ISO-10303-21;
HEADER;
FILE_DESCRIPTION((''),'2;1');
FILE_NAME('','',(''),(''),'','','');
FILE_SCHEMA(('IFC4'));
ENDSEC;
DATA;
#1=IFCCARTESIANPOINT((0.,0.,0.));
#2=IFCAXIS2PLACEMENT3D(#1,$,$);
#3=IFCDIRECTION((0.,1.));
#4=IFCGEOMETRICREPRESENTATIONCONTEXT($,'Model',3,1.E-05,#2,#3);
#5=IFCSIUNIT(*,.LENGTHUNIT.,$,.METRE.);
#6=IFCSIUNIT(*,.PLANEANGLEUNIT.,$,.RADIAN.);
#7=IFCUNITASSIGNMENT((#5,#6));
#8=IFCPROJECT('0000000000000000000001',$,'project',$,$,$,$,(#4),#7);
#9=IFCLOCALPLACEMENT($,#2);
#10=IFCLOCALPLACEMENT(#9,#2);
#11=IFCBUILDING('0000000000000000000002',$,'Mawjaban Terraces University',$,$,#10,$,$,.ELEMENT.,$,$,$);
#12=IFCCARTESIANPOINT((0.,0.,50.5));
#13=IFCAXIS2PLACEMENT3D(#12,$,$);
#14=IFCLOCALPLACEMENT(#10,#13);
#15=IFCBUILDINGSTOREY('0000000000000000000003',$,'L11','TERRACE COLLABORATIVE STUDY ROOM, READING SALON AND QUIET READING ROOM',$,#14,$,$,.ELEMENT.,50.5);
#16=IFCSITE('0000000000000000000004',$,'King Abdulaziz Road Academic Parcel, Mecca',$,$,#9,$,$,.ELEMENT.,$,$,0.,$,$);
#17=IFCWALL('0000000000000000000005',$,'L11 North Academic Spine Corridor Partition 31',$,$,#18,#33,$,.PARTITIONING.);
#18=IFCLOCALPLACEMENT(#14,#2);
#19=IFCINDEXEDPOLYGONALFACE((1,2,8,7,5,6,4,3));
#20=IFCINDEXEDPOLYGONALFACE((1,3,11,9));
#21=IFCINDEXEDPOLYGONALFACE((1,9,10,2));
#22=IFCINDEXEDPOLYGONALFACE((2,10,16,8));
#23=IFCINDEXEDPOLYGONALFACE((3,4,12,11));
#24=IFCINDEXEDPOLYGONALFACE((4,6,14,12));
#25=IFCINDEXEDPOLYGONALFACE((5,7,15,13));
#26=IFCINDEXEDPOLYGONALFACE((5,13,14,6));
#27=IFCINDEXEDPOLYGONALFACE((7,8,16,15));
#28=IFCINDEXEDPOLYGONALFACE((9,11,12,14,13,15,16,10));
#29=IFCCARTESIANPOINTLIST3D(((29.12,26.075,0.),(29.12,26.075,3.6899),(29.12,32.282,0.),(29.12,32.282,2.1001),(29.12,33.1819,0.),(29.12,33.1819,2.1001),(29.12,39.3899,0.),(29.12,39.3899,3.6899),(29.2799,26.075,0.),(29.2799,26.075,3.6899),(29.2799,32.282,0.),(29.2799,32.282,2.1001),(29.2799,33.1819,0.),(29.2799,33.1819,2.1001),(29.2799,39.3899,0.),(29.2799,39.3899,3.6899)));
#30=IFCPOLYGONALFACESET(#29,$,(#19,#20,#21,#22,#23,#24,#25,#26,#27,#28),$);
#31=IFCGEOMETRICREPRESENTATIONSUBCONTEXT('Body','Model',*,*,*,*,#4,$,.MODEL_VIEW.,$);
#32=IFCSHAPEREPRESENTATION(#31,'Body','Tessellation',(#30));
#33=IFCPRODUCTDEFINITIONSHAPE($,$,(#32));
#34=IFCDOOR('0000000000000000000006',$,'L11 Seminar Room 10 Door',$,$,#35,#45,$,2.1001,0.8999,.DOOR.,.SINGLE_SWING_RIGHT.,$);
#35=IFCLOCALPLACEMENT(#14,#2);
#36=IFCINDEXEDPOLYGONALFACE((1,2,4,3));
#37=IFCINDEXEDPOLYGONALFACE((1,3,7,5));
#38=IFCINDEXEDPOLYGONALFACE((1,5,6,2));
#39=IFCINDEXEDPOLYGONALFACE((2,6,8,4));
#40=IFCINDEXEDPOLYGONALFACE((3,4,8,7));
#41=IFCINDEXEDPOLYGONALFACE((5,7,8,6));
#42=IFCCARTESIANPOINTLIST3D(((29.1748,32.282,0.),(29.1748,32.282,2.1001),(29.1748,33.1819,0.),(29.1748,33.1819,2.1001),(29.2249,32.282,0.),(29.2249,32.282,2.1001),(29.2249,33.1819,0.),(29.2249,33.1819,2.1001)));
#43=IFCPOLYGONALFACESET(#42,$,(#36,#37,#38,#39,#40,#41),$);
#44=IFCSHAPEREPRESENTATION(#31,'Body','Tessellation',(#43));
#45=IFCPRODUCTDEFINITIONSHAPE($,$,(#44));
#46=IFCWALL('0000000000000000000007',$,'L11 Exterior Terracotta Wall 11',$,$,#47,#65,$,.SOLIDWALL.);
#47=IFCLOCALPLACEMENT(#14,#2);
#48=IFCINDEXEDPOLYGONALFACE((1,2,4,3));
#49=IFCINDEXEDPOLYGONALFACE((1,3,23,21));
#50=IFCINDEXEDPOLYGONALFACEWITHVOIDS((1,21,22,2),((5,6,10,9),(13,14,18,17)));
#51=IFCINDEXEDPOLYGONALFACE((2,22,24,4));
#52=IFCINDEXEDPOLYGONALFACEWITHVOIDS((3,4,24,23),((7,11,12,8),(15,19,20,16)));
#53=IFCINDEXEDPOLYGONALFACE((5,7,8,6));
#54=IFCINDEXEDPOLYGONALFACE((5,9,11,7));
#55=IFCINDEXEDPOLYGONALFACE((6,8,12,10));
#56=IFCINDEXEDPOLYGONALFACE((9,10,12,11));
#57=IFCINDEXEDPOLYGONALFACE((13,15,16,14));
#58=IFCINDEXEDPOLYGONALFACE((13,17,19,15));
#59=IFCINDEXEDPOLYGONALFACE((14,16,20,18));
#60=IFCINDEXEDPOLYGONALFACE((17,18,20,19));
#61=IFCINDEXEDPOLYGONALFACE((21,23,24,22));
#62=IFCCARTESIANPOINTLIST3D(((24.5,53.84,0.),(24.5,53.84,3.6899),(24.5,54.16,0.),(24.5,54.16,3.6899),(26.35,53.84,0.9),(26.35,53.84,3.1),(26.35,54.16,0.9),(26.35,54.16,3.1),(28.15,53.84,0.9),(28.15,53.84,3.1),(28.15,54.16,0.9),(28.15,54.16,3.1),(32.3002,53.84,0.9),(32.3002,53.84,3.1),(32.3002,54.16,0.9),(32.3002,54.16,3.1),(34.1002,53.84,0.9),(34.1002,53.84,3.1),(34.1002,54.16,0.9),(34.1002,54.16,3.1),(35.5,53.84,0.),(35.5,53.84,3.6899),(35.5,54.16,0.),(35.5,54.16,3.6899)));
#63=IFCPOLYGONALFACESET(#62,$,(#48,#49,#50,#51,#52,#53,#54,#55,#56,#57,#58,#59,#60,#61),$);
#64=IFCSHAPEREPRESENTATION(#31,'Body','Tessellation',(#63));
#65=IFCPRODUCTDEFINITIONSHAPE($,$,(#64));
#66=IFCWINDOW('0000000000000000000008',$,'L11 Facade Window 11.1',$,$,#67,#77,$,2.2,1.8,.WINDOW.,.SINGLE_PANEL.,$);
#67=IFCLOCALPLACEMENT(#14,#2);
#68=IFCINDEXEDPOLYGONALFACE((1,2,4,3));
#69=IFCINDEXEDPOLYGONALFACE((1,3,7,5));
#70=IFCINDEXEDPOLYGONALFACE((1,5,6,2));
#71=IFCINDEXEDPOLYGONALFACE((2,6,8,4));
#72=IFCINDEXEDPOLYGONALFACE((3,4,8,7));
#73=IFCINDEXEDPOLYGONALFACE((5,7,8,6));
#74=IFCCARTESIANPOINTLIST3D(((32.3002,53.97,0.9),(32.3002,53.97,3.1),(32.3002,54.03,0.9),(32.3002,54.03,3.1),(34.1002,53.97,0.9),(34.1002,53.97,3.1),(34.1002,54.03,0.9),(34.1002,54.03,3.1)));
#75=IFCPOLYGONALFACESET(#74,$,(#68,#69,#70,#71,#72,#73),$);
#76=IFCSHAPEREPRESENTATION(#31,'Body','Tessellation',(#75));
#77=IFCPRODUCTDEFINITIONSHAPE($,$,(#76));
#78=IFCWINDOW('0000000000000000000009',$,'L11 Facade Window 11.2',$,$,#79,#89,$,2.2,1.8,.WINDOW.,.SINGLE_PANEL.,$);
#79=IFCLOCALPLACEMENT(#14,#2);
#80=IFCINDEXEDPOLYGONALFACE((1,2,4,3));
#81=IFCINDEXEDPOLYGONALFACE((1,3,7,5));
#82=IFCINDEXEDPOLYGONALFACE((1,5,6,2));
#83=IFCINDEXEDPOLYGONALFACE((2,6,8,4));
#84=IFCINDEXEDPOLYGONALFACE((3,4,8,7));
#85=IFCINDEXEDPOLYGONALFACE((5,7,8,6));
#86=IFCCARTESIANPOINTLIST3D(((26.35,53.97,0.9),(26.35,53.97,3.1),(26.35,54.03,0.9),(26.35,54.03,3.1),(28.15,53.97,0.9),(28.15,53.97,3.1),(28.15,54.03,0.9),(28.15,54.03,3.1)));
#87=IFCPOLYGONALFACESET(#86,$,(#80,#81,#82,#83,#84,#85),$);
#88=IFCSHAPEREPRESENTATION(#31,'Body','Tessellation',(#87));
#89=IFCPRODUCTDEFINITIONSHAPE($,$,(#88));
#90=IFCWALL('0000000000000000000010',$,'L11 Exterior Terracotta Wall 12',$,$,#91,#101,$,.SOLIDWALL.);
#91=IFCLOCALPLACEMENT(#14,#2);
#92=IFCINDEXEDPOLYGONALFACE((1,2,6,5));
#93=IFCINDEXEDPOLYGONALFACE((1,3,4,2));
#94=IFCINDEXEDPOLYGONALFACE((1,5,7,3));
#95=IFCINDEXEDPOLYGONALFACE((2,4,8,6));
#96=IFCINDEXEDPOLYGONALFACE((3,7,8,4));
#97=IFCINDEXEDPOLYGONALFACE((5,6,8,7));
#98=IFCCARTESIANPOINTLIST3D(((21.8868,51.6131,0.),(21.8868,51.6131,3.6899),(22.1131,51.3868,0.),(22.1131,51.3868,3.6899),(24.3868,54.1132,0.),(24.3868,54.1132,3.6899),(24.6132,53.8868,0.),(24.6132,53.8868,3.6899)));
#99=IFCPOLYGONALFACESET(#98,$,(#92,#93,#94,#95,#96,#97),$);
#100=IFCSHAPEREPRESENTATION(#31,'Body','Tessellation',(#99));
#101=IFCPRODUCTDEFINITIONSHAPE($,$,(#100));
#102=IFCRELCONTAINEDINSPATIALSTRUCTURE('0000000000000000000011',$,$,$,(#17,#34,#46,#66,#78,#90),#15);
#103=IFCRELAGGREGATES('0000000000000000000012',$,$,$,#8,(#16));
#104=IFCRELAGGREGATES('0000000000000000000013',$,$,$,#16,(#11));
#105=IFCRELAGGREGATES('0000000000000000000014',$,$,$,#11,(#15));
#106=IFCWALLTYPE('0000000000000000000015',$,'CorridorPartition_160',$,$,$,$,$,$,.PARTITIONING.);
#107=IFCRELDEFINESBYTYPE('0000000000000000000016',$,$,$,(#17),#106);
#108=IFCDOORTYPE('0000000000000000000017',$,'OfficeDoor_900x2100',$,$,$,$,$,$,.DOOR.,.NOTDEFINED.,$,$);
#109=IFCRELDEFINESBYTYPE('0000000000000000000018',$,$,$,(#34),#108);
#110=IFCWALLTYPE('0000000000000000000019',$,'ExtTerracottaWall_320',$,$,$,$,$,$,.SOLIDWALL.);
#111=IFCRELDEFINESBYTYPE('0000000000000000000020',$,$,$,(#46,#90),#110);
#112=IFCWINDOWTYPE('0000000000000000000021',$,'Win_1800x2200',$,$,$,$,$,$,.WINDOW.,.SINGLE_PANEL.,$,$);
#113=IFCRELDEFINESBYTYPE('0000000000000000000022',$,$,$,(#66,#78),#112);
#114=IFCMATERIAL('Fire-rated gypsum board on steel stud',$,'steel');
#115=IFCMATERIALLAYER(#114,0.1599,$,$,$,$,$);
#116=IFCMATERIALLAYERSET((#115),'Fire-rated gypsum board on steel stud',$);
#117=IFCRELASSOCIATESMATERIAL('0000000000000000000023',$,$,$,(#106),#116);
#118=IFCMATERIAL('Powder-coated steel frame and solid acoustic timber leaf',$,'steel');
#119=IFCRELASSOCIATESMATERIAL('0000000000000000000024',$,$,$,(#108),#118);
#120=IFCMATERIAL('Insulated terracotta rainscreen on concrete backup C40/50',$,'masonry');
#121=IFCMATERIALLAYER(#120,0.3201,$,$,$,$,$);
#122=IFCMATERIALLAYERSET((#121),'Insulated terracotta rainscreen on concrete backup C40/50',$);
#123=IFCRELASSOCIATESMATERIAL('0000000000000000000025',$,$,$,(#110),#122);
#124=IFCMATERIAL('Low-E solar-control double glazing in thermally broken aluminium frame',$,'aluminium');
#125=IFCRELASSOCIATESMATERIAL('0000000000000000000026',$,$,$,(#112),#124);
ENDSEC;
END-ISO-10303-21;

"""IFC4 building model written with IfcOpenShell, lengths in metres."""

from ifc_helpers import new_model, si_unit, direction, frame, frame_2d, origin, place, context, subcontext, project, spatial, rectangle, extrude, material, layer, layer_set, type_object, element, fill, save


model = new_model("IFC4")

# Units and contexts
model_context = context("Model", 3, precision=1e-05, world=origin(), true_north=direction((0.0, 1.0)))
body_context = subcontext(model_context, "Body", "Model", "MODEL_VIEW")
ifc_project = project(units=[si_unit("LENGTHUNIT", "METRE"), si_unit("PLANEANGLEUNIT", "RADIAN")], contexts=[model_context])

# Site, building, storey
site_placement = place(None, origin())
site = spatial("IfcSite", under=ifc_project, at=site_placement, Name="King Abdulaziz Road Academic Parcel, Mecca", CompositionType="ELEMENT", RefElevation=0.0)
building_placement = place(site_placement, origin())
building = spatial("IfcBuilding", under=site, at=building_placement, Name="Mawjaban Terraces University", CompositionType="ELEMENT")
storey_placement = place(building_placement, frame((0.0, 0.0, 50.5)))
storey = spatial("IfcBuildingStorey", under=building, at=storey_placement, Name="L11", Description="TERRACE COLLABORATIVE STUDY ROOM, READING SALON AND QUIET READING ROOM", CompositionType="ELEMENT", Elevation=50.5)

# Wall, opening, door
ifc_material_1 = material(Name="Powder-coated steel frame and solid acoustic timber leaf", Category="steel")
ifc_material_2 = material(Name="Fire-rated gypsum board on steel stud", Category="steel")
ifc_layer_1 = layer(ifc_material_2, 0.1599)
ifc_layer_set_1 = layer_set([ifc_layer_1], Name="Fire-rated gypsum board on steel stud")
wall_type_1 = type_object("IfcWallType", Name="CorridorPartition_160", PredefinedType="PARTITIONING", material=ifc_layer_set_1)
wall_1_placement = place(storey_placement, frame((29.2, 39.3899, 0.0), z_axis=(0.0, 0.0, 1.0), x_axis=(0.0, -1.0, 0.0)))
wall_1 = element("IfcWall", 1, at=wall_1_placement, inside=storey, type_object=wall_type_1, Name="L11 North Academic Spine Corridor Partition 31", PredefinedType="PARTITIONING", context=body_context, shape_type="SweptSolid", body=[
    extrude(rectangle(XDim=13.3149, YDim=0.1599, at=frame_2d((6.6575, 0.0))), origin(), (0.0, 0.0, 1.0), 3.6899),
])
opening_1_placement = place(wall_1_placement, frame((6.208, 0.0, 0.0)))
opening_1 = element("IfcOpeningElement", 2, at=opening_1_placement, cuts=wall_1, PredefinedType="OPENING", context=body_context, shape_type="SweptSolid", body=[
    extrude(rectangle(XDim=0.8999, YDim=2.1001, at=frame_2d((0.45, 1.05))), frame((0.0, 0.0898, 0.0), z_axis=(0.0, -1.0, 0.0), x_axis=(1.0, 0.0, 0.0)), (0.0, 0.0, 1.0), 0.1799),
])
door_type_1 = type_object("IfcDoorType", Name="OfficeDoor_900x2100", OperationType="NOTDEFINED", PredefinedType="DOOR", material=ifc_material_1)
door_1_placement = place(opening_1_placement, origin())
door_1 = element("IfcDoor", 3, at=door_1_placement, inside=storey, type_object=door_type_1, Name="L11 Seminar Room 10 Door", OperationType="SINGLE_SWING_RIGHT", OverallHeight=2.1001, OverallWidth=0.8999, PredefinedType="DOOR", context=body_context, shape_type="SweptSolid", body=[
    extrude(rectangle(XDim=0.8999, YDim=2.1001, at=frame_2d((0.45, 1.05))), frame((0.0, 0.0249, 0.0), z_axis=(0.0, -1.0, 0.0), x_axis=(1.0, 0.0, 0.0)), (0.0, 0.0, 1.0), 0.05),
])
fill(opening_1, door_1)

# Wall, openings, windows
ifc_material_3 = material(Name="Insulated terracotta rainscreen on concrete backup C40/50", Category="masonry")
ifc_layer_2 = layer(ifc_material_3, 0.3201)
ifc_layer_set_2 = layer_set([ifc_layer_2], Name="Insulated terracotta rainscreen on concrete backup C40/50")
wall_type_2 = type_object("IfcWallType", Name="ExtTerracottaWall_320", PredefinedType="SOLIDWALL", material=ifc_layer_set_2)
wall_2_placement = place(storey_placement, frame((35.5, 54.0, 0.0), z_axis=(0.0, 0.0, 1.0), x_axis=(-1.0, 0.0, 0.0)))
wall_2 = element("IfcWall", 4, at=wall_2_placement, inside=storey, type_object=wall_type_2, Name="L11 Exterior Terracotta Wall 11", PredefinedType="SOLIDWALL", context=body_context, shape_type="SweptSolid", body=[
    extrude(rectangle(XDim=11.0, YDim=0.3201, at=frame_2d((5.5, 0.0))), origin(), (0.0, 0.0, 1.0), 3.6899),
])
opening_2_placement = place(wall_2_placement, frame((1.3999, 0.0, 0.8999)))
opening_2 = element("IfcOpeningElement", 5, at=opening_2_placement, cuts=wall_2, PredefinedType="OPENING", context=body_context, shape_type="SweptSolid", body=[
    extrude(rectangle(XDim=1.8, YDim=2.2, at=frame_2d((0.8999, 1.1001))), frame((0.0, 0.1699, 0.0), z_axis=(0.0, -1.0, 0.0), x_axis=(1.0, 0.0, 0.0)), (0.0, 0.0, 1.0), 0.3401),
])
opening_3_placement = place(wall_2_placement, frame((7.3501, 0.0, 0.8999)))
opening_3 = element("IfcOpeningElement", 6, at=opening_3_placement, cuts=wall_2, PredefinedType="OPENING", context=body_context, shape_type="SweptSolid", body=[
    extrude(rectangle(XDim=1.8, YDim=2.2, at=frame_2d((0.8999, 1.1001))), frame((0.0, 0.1699, 0.0), z_axis=(0.0, -1.0, 0.0), x_axis=(1.0, 0.0, 0.0)), (0.0, 0.0, 1.0), 0.3401),
])
ifc_material_4 = material(Name="Low-E solar-control double glazing in thermally broken aluminium frame", Category="aluminium")
window_type_1 = type_object("IfcWindowType", Name="Win_1800x2200", PartitioningType="SINGLE_PANEL", PredefinedType="WINDOW", material=ifc_material_4)
window_1_placement = place(opening_2_placement, origin())
window_1 = element("IfcWindow", 7, at=window_1_placement, inside=storey, type_object=window_type_1, Name="L11 Facade Window 11.1", OverallHeight=2.2, OverallWidth=1.8, PartitioningType="SINGLE_PANEL", PredefinedType="WINDOW", context=body_context, shape_type="SweptSolid", body=[
    extrude(rectangle(XDim=1.8, YDim=2.2, at=frame_2d((0.8999, 1.1001))), frame((0.0, 0.03, 0.0), z_axis=(0.0, -1.0, 0.0), x_axis=(1.0, 0.0, 0.0)), (0.0, 0.0, 1.0), 0.0601),
])
fill(opening_2, window_1)
window_2_placement = place(opening_3_placement, origin())
window_2 = element("IfcWindow", 8, at=window_2_placement, inside=storey, type_object=window_type_1, Name="L11 Facade Window 11.2", OverallHeight=2.2, OverallWidth=1.8, PartitioningType="SINGLE_PANEL", PredefinedType="WINDOW", context=body_context, shape_type="SweptSolid", body=[
    extrude(rectangle(XDim=1.8, YDim=2.2, at=frame_2d((0.8999, 1.1001))), frame((0.0, 0.03, 0.0), z_axis=(0.0, -1.0, 0.0), x_axis=(1.0, 0.0, 0.0)), (0.0, 0.0, 1.0), 0.0601),
])
fill(opening_3, window_2)

# Wall
wall_3_placement = place(storey_placement, frame((24.5, 54.0, 0.0), z_axis=(0.0, 0.0, 1.0), x_axis=(-0.707107, -0.707107, 0.0)))
element("IfcWall", 9, at=wall_3_placement, inside=storey, type_object=wall_type_2, Name="L11 Exterior Terracotta Wall 12", PredefinedType="SOLIDWALL", context=body_context, shape_type="SweptSolid", body=[
    extrude(rectangle(XDim=3.5356, YDim=0.3201, at=frame_2d((1.7678, 0.0))), origin(), (0.0, 0.0, 1.0), 3.6899),
])

save(model, "model.ifc")
